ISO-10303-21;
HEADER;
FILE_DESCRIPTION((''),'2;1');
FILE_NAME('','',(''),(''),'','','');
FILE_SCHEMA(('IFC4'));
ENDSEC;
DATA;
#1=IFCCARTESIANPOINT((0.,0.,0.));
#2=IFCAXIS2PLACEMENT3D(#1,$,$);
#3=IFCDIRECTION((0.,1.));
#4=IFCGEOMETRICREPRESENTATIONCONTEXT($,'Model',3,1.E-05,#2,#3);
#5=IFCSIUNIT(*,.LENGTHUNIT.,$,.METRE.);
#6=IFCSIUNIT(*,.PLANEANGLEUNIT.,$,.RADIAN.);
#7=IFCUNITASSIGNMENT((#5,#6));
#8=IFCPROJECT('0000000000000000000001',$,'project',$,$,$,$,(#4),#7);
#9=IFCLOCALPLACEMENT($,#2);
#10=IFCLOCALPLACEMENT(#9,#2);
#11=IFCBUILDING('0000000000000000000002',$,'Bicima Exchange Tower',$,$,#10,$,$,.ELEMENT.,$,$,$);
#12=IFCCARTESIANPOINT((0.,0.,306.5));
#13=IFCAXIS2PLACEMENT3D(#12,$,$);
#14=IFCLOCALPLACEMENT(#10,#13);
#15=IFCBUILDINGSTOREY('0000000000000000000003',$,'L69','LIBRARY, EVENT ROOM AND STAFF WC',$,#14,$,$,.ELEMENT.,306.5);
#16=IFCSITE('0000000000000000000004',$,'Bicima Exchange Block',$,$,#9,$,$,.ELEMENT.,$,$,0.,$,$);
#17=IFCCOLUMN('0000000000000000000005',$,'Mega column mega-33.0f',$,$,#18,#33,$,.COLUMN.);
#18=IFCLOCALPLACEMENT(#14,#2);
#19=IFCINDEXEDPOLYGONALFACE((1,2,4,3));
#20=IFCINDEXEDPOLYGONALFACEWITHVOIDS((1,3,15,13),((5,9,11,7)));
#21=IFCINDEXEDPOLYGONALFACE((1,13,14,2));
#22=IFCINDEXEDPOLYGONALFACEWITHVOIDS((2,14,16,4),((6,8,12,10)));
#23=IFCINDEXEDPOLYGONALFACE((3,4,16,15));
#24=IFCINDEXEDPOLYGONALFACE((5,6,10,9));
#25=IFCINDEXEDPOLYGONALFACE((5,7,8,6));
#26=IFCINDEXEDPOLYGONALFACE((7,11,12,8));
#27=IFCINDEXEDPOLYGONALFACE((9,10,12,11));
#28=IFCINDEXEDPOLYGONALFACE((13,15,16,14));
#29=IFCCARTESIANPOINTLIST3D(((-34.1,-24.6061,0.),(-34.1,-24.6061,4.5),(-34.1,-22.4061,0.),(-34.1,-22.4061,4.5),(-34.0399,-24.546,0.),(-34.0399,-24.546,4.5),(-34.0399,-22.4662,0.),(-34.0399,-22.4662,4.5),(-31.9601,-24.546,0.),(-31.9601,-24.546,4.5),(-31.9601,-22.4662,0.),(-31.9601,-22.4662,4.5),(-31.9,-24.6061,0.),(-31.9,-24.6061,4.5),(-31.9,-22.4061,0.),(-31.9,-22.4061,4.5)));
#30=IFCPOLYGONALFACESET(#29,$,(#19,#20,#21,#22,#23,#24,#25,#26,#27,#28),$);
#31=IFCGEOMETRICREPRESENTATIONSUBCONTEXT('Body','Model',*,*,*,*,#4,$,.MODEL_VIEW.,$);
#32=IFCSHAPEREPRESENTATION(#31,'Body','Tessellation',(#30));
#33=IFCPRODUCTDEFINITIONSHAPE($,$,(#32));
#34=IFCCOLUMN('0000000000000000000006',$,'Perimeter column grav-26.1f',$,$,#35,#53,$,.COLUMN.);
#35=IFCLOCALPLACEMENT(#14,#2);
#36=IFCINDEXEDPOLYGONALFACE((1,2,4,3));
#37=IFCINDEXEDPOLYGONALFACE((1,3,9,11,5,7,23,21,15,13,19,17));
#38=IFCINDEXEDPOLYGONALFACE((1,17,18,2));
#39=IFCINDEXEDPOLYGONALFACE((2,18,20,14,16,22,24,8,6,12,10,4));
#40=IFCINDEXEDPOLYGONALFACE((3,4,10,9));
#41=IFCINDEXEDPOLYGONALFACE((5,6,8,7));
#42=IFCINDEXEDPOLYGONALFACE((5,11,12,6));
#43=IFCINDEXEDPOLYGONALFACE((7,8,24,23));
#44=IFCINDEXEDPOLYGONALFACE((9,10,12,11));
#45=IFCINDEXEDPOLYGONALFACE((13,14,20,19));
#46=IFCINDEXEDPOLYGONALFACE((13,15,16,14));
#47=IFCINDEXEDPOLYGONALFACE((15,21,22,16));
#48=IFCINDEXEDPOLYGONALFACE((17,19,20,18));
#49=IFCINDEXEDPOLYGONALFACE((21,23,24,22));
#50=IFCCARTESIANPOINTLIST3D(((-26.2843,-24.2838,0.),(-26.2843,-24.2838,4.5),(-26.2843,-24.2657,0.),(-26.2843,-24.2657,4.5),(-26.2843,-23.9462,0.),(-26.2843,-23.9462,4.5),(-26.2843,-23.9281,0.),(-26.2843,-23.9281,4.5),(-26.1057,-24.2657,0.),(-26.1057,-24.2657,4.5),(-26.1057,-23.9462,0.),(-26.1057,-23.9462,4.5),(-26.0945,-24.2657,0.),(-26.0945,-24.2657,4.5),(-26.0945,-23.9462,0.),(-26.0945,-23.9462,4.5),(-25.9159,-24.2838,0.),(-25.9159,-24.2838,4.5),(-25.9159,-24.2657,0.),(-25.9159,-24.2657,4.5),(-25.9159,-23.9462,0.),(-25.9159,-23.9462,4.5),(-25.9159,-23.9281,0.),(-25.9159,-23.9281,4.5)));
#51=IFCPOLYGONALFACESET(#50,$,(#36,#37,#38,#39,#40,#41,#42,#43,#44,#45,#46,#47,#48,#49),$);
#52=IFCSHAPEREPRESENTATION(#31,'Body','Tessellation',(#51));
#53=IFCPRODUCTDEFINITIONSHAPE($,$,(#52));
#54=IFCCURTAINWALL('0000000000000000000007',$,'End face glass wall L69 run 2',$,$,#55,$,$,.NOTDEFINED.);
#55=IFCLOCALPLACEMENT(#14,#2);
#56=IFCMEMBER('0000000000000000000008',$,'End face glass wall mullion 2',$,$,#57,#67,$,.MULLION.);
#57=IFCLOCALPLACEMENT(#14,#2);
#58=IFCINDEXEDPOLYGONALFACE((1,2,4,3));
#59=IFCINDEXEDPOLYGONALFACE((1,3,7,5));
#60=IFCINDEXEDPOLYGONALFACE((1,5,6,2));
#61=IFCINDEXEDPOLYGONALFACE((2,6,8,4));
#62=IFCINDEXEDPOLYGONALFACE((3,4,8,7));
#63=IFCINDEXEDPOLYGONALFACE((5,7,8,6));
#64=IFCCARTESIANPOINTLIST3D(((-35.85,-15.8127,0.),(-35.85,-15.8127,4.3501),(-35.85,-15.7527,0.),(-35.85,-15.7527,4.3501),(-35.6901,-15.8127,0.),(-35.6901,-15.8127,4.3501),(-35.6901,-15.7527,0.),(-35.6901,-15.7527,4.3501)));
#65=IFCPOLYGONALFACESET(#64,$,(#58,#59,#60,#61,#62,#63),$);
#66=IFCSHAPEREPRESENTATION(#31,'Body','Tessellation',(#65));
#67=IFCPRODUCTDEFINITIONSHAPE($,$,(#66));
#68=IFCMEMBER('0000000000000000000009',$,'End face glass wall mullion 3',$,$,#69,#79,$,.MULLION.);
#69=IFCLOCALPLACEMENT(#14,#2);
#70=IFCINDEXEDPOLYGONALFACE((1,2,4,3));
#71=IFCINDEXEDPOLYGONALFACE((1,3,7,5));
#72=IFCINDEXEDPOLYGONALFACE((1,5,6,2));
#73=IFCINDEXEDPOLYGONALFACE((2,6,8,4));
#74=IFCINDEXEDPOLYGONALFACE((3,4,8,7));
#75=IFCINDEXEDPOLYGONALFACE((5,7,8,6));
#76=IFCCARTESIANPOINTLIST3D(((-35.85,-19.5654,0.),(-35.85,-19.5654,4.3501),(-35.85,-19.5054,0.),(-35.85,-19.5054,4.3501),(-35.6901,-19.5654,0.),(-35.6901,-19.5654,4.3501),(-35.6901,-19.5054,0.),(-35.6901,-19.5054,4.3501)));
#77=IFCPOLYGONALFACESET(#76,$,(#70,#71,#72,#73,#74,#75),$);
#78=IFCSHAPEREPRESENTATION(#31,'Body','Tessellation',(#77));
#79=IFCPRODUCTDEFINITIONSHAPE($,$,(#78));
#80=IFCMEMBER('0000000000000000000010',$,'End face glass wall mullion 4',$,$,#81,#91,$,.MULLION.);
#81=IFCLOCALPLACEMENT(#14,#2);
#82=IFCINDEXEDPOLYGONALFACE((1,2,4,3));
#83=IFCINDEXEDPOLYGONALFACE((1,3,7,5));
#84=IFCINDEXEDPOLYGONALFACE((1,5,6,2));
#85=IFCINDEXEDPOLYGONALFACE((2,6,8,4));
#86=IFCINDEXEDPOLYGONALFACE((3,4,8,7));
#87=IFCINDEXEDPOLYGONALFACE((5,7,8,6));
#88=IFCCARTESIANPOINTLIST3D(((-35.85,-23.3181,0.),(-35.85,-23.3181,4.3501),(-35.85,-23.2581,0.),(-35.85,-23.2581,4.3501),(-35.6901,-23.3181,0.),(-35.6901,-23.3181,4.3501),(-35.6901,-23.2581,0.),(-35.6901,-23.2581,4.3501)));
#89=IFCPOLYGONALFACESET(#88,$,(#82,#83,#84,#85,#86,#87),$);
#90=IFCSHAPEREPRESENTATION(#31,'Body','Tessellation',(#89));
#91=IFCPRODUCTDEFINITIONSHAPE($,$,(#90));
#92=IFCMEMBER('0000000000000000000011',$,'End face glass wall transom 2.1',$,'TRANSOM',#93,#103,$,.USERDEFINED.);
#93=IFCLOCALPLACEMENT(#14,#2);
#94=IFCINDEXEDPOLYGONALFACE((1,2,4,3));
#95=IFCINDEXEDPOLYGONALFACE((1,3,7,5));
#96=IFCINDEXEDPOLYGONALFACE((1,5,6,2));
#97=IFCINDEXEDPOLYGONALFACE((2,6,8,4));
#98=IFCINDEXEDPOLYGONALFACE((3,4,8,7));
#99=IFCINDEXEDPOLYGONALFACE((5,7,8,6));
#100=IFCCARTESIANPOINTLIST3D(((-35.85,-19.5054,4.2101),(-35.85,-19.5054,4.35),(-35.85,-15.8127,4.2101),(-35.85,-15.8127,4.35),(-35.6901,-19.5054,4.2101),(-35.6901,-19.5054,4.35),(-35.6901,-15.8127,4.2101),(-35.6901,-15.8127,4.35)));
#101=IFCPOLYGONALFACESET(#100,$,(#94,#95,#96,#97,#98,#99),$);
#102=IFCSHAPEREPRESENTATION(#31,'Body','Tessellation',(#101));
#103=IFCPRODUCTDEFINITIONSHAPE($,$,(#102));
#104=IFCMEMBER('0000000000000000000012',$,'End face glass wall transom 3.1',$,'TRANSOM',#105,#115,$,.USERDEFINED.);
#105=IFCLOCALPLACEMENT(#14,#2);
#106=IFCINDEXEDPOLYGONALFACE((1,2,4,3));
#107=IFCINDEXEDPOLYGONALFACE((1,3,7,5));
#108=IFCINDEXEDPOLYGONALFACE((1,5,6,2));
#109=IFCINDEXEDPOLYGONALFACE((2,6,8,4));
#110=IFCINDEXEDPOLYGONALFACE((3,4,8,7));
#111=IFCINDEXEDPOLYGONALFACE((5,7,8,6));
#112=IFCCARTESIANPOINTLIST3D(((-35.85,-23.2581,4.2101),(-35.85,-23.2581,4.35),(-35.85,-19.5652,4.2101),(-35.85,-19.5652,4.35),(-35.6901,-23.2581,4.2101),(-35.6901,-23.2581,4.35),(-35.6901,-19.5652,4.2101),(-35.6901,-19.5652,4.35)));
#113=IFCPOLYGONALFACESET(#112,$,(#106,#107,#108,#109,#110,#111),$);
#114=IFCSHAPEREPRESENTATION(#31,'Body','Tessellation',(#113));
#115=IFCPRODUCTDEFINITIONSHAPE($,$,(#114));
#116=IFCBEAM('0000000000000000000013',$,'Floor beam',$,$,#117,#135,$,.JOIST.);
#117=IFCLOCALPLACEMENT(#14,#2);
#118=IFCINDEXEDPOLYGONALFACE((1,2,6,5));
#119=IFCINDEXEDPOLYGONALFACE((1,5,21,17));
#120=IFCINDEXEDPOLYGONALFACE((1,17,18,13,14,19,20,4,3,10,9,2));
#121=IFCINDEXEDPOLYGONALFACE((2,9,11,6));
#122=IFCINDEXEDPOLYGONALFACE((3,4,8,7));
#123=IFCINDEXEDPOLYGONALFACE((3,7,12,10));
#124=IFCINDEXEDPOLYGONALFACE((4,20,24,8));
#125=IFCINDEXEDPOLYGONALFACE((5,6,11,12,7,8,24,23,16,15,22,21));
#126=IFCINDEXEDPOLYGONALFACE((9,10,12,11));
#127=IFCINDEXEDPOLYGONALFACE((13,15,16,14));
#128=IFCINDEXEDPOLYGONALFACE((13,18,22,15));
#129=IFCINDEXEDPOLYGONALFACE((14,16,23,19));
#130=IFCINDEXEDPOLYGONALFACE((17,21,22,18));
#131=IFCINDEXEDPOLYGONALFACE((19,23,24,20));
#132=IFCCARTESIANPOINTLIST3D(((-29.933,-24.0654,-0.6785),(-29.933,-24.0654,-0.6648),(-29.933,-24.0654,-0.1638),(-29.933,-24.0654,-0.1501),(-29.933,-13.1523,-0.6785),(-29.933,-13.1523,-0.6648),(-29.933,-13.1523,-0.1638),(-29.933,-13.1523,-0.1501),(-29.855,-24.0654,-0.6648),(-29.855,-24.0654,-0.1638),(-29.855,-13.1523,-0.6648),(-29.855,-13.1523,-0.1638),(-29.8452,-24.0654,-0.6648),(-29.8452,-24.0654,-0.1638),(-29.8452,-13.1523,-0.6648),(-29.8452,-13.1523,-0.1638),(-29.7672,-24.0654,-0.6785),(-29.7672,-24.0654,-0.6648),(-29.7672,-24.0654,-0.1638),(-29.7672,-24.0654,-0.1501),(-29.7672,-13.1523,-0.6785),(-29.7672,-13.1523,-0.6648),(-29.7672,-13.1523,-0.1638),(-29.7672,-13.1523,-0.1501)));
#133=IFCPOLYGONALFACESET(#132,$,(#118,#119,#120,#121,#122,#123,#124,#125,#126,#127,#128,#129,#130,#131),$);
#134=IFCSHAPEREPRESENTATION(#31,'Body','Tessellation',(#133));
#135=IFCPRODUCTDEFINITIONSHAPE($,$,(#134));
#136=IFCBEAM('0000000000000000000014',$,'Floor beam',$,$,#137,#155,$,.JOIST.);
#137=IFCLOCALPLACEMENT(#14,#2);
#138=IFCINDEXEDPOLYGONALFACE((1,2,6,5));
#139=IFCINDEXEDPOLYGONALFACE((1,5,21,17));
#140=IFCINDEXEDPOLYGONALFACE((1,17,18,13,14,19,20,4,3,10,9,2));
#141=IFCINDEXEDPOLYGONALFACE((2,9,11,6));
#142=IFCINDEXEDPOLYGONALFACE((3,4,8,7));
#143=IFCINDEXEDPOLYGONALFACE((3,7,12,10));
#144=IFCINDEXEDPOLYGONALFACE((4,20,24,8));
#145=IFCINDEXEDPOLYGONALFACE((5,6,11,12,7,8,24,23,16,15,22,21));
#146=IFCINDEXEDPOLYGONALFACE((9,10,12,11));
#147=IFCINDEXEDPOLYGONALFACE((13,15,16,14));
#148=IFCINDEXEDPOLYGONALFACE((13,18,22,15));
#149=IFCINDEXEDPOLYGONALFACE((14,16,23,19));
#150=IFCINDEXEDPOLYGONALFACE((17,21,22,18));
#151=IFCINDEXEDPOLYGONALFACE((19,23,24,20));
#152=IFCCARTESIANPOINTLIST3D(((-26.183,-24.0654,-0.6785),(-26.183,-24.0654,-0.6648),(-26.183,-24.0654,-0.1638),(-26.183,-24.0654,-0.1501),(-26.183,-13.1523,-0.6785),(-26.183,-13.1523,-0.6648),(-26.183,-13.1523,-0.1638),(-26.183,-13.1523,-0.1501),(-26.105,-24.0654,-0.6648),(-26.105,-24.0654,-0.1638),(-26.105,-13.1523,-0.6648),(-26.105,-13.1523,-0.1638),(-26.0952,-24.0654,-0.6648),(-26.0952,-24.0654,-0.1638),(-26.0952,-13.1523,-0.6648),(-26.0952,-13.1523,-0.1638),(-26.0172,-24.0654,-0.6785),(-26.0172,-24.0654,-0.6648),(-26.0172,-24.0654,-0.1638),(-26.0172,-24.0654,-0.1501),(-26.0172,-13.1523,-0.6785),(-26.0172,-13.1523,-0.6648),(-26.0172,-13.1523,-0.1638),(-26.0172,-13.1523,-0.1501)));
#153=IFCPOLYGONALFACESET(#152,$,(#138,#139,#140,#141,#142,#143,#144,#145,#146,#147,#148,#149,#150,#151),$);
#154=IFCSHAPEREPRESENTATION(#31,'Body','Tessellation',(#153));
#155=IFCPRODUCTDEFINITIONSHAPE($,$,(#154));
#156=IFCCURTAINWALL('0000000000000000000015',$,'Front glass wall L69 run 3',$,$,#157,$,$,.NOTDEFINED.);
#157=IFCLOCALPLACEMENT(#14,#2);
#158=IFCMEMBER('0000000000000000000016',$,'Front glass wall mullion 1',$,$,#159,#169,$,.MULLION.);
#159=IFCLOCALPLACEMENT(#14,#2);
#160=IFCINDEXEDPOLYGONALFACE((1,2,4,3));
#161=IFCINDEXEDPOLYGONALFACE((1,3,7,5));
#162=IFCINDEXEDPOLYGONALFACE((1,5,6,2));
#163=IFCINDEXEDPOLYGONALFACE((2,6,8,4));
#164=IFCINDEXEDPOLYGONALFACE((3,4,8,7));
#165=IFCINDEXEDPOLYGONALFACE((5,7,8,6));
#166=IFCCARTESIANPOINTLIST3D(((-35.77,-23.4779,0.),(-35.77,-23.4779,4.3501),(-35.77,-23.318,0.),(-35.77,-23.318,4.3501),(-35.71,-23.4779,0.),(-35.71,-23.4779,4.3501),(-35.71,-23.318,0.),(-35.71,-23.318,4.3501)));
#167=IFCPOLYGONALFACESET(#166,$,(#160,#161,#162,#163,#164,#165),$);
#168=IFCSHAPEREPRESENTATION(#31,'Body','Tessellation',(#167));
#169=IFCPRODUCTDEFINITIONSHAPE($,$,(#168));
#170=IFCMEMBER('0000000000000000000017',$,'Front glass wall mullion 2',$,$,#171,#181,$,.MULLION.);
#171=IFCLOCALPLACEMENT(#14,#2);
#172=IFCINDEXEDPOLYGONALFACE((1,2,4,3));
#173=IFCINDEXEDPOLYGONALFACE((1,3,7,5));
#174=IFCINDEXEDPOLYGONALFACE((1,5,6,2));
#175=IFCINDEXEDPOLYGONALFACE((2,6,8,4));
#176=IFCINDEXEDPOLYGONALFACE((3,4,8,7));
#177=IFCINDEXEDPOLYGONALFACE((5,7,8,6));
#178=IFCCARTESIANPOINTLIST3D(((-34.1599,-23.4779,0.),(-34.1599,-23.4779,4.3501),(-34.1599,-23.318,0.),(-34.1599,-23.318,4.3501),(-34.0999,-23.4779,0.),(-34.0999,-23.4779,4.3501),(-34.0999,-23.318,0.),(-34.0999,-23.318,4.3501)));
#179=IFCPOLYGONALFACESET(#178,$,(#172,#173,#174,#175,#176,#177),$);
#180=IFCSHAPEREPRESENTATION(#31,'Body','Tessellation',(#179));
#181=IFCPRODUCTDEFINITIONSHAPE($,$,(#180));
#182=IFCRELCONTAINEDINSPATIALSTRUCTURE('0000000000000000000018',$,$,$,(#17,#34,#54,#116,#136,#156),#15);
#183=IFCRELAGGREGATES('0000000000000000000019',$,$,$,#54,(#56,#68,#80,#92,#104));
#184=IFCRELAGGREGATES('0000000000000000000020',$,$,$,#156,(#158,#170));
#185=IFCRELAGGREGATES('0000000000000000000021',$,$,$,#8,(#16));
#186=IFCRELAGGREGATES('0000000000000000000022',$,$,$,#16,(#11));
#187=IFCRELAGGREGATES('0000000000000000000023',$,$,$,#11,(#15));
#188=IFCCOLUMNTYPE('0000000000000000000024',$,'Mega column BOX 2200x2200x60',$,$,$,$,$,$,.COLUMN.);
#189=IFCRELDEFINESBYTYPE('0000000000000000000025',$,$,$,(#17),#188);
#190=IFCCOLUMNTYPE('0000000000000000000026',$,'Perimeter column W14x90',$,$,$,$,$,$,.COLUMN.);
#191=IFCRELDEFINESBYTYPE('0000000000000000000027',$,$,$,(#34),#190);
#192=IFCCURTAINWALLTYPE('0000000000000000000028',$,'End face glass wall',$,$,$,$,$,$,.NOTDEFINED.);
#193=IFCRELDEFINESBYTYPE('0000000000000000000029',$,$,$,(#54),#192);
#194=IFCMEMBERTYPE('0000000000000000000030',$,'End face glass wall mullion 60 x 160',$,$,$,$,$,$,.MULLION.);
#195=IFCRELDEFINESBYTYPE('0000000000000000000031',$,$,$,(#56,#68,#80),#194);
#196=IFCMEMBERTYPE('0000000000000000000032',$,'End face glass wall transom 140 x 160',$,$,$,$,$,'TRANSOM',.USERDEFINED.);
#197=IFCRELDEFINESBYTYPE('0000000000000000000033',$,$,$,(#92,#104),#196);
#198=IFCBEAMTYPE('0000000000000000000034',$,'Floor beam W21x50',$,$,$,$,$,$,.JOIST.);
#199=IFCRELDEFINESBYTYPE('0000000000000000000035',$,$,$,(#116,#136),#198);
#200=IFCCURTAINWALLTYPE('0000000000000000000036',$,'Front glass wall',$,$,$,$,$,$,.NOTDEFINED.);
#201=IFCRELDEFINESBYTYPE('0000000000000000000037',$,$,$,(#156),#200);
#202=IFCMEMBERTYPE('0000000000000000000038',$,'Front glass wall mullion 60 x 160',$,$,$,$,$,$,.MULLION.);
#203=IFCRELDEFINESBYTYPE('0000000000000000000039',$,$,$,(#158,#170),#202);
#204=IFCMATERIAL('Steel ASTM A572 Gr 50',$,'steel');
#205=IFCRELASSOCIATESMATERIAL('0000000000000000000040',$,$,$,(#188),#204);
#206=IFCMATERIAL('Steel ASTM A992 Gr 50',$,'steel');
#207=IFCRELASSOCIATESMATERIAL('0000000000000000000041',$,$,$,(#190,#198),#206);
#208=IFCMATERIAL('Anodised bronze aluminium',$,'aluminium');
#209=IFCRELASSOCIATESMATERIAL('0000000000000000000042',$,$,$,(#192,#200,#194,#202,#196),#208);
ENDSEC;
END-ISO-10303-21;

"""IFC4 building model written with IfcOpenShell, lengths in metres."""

from ifc_helpers import new_model, si_unit, direction, frame, origin, origin_2d, place, context, subcontext, project, spatial, rectangle, hollow_rectangle, i_section, extrude, material, material_profile, profile_set, type_object, element, aggregate, save


model = new_model("IFC4")

# Units and contexts
model_context = context("Model", 3, precision=1e-05, world=origin(), true_north=direction((0.0, 1.0)))
body_context = subcontext(model_context, "Body", "Model", "MODEL_VIEW")
ifc_project = project(units=[si_unit("LENGTHUNIT", "METRE"), si_unit("PLANEANGLEUNIT", "RADIAN")], contexts=[model_context])

# Site, building, storey
site_placement = place(None, origin())
site = spatial("IfcSite", under=ifc_project, at=site_placement, Name="Bicima Exchange Block", CompositionType="ELEMENT", RefElevation=0.0)
building_placement = place(site_placement, origin())
building = spatial("IfcBuilding", under=site, at=building_placement, Name="Bicima Exchange Tower", CompositionType="ELEMENT")
storey_placement = place(building_placement, frame((0.0, 0.0, 306.5)))
storey = spatial("IfcBuildingStorey", under=building, at=storey_placement, Name="L69", Description="LIBRARY, EVENT ROOM AND STAFF WC", CompositionType="ELEMENT", Elevation=306.5)

# Columns
ifc_material_1 = material(Name="Steel ASTM A572 Gr 50", Category="steel")
ifc_material_profile_1 = material_profile(ifc_material_1, hollow_rectangle(XDim=2.2, YDim=2.2, WallThickness=0.0601, at=origin_2d()))
ifc_profile_set_1 = profile_set([ifc_material_profile_1], Name="Steel ASTM A572 Gr 50")
column_type_1 = type_object("IfcColumnType", Name="Mega column BOX 2200x2200x60", PredefinedType="COLUMN", material=ifc_profile_set_1)
column_1_placement = place(storey_placement, frame((-33.0, -23.5061, 0.0), z_axis=(0.0, 0.0, 1.0), x_axis=(1.0, 0.0, 0.0)))
element("IfcColumn", 1, at=column_1_placement, inside=storey, type_object=column_type_1, Name="Mega column mega-33.0f", PredefinedType="COLUMN", context=body_context, shape_type="SweptSolid", body=[
    extrude(hollow_rectangle(XDim=2.2, YDim=2.2, WallThickness=0.0601, at=origin_2d()), origin(), (0.0, 0.0, 1.0), 4.5),
])
ifc_material_2 = material(Name="Steel ASTM A992 Gr 50", Category="steel")
ifc_material_profile_2 = material_profile(ifc_material_2, i_section(OverallWidth=0.3684, OverallDepth=0.3557, WebThickness=0.0112, FlangeThickness=0.0181, at=origin_2d()))
ifc_profile_set_2 = profile_set([ifc_material_profile_2], Name="Steel ASTM A992 Gr 50")
column_type_2 = type_object("IfcColumnType", Name="Perimeter column W14x90", PredefinedType="COLUMN", material=ifc_profile_set_2)
column_2_placement = place(storey_placement, frame((-26.1001, -24.106, 0.0), z_axis=(0.0, 0.0, 1.0), x_axis=(1.0, 0.0, 0.0)))
element("IfcColumn", 2, at=column_2_placement, inside=storey, type_object=column_type_2, Name="Perimeter column grav-26.1f", PredefinedType="COLUMN", context=body_context, shape_type="SweptSolid", body=[
    extrude(i_section(OverallWidth=0.3684, OverallDepth=0.3557, WebThickness=0.0112, FlangeThickness=0.0181, at=origin_2d()), origin(), (0.0, 0.0, 1.0), 4.5),
])

# Curtain wall, members
ifc_material_3 = material(Name="Anodised bronze aluminium", Category="aluminium")
curtain_wall_type_1 = type_object("IfcCurtainWallType", Name="End face glass wall", PredefinedType="NOTDEFINED", material=ifc_material_3)
curtain_wall_1_placement = place(storey_placement, origin())
curtain_wall_1 = element("IfcCurtainWall", 3, at=curtain_wall_1_placement, inside=storey, type_object=curtain_wall_type_1, Name="End face glass wall L69 run 2", PredefinedType="NOTDEFINED")
ifc_material_profile_3 = material_profile(ifc_material_3, rectangle(XDim=0.1599, YDim=0.0601, at=origin_2d()))
ifc_profile_set_3 = profile_set([ifc_material_profile_3], Name="Anodised bronze aluminium")
member_type_1 = type_object("IfcMemberType", Name="End face glass wall mullion 60 x 160", PredefinedType="MULLION", material=ifc_profile_set_3)
member_1_placement = place(storey_placement, frame((-35.77, -15.7827, 0.0), z_axis=(0.0, 0.0, 1.0), x_axis=(1.0, 0.0, 0.0)))
member_1 = element("IfcMember", 4, at=member_1_placement, type_object=member_type_1, Name="End face glass wall mullion 2", PredefinedType="MULLION", context=body_context, shape_type="SweptSolid", body=[
    extrude(rectangle(XDim=0.1599, YDim=0.0601, at=origin_2d()), origin(), (0.0, 0.0, 1.0), 4.3501),
])
member_2_placement = place(storey_placement, frame((-35.77, -19.5354, 0.0), z_axis=(0.0, 0.0, 1.0), x_axis=(1.0, 0.0, 0.0)))
member_2 = element("IfcMember", 5, at=member_2_placement, type_object=member_type_1, Name="End face glass wall mullion 3", PredefinedType="MULLION", context=body_context, shape_type="SweptSolid", body=[
    extrude(rectangle(XDim=0.1599, YDim=0.0601, at=origin_2d()), origin(), (0.0, 0.0, 1.0), 4.3501),
])
member_3_placement = place(storey_placement, frame((-35.77, -23.2881, 0.0), z_axis=(0.0, 0.0, 1.0), x_axis=(1.0, 0.0, 0.0)))
member_3 = element("IfcMember", 6, at=member_3_placement, type_object=member_type_1, Name="End face glass wall mullion 4", PredefinedType="MULLION", context=body_context, shape_type="SweptSolid", body=[
    extrude(rectangle(XDim=0.1599, YDim=0.0601, at=origin_2d()), origin(), (0.0, 0.0, 1.0), 4.3501),
])
ifc_material_profile_4 = material_profile(ifc_material_3, rectangle(XDim=0.1599, YDim=0.1399, at=origin_2d()))
ifc_profile_set_4 = profile_set([ifc_material_profile_4], Name="Anodised bronze aluminium")
member_type_2 = type_object("IfcMemberType", Name="End face glass wall transom 140 x 160", ElementType="TRANSOM", PredefinedType="USERDEFINED", material=ifc_profile_set_4)
member_4_placement = place(storey_placement, frame((-35.77, -15.8127, 4.28), z_axis=(0.0, -1.0, 0.0), x_axis=(1.0, 0.0, 0.0)))
member_4 = element("IfcMember", 7, at=member_4_placement, type_object=member_type_2, Name="End face glass wall transom 2.1", ObjectType="TRANSOM", PredefinedType="USERDEFINED", context=body_context, shape_type="SweptSolid", body=[
    extrude(rectangle(XDim=0.1599, YDim=0.1399, at=origin_2d()), origin(), (0.0, 0.0, 1.0), 3.6926),
])
member_5_placement = place(storey_placement, frame((-35.77, -19.5652, 4.28), z_axis=(0.0, -1.0, 0.0), x_axis=(1.0, 0.0, 0.0)))
member_5 = element("IfcMember", 8, at=member_5_placement, type_object=member_type_2, Name="End face glass wall transom 3.1", ObjectType="TRANSOM", PredefinedType="USERDEFINED", context=body_context, shape_type="SweptSolid", body=[
    extrude(rectangle(XDim=0.1599, YDim=0.1399, at=origin_2d()), origin(), (0.0, 0.0, 1.0), 3.6929),
])

# Beams
ifc_material_profile_5 = material_profile(ifc_material_2, i_section(OverallWidth=0.1658, OverallDepth=0.5283, WebThickness=0.0098, FlangeThickness=0.0137, at=origin_2d()))
ifc_profile_set_5 = profile_set([ifc_material_profile_5], Name="Steel ASTM A992 Gr 50")
beam_type = type_object("IfcBeamType", Name="Floor beam W21x50", PredefinedType="JOIST", material=ifc_profile_set_5)
for number, where, z_axis, x_axis, name in (
    (9, (-29.8501, -13.1523, -0.4143), (0.0, -1.0, 0.0), (1.0, 0.0, 0.0), "Floor beam"),
    (10, (-26.1001, -13.1523, -0.4143), (0.0, -1.0, 0.0), (1.0, 0.0, 0.0), "Floor beam"),
):
    element("IfcBeam", number, at=place(storey_placement, frame(where, z_axis=z_axis, x_axis=x_axis)), inside=storey, type_object=beam_type, Name=name, PredefinedType="JOIST", context=body_context, shape_type="SweptSolid", body=[
        extrude(i_section(OverallWidth=0.1658, OverallDepth=0.5283, WebThickness=0.0098, FlangeThickness=0.0137, at=origin_2d()), origin(), (0.0, 0.0, 1.0), 10.9131),
    ])

# Curtain wall, members
curtain_wall_type_2 = type_object("IfcCurtainWallType", Name="Front glass wall", PredefinedType="NOTDEFINED", material=ifc_material_3)
curtain_wall_2_placement = place(storey_placement, origin())
curtain_wall_2 = element("IfcCurtainWall", 11, at=curtain_wall_2_placement, inside=storey, type_object=curtain_wall_type_2, Name="Front glass wall L69 run 3", PredefinedType="NOTDEFINED")
member_type_3 = type_object("IfcMemberType", Name="Front glass wall mullion 60 x 160", PredefinedType="MULLION", material=ifc_profile_set_3)
member_6_placement = place(storey_placement, frame((-35.74, -23.3979, 0.0), z_axis=(0.0, 0.0, 1.0), x_axis=(0.0, 1.0, 0.0)))
member_6 = element("IfcMember", 12, at=member_6_placement, type_object=member_type_3, Name="Front glass wall mullion 1", PredefinedType="MULLION", context=body_context, shape_type="SweptSolid", body=[
    extrude(rectangle(XDim=0.1599, YDim=0.0601, at=origin_2d()), origin(), (0.0, 0.0, 1.0), 4.3501),
])
member_7_placement = place(storey_placement, frame((-34.1299, -23.3979, 0.0), z_axis=(0.0, 0.0, 1.0), x_axis=(0.0, 1.0, 0.0)))
member_7 = element("IfcMember", 13, at=member_7_placement, type_object=member_type_3, Name="Front glass wall mullion 2", PredefinedType="MULLION", context=body_context, shape_type="SweptSolid", body=[
    extrude(rectangle(XDim=0.1599, YDim=0.0601, at=origin_2d()), origin(), (0.0, 0.0, 1.0), 4.3501),
])

aggregate(curtain_wall_1, [member_1, member_2, member_3, member_4, member_5])
aggregate(curtain_wall_2, [member_6, member_7])

save(model, "model.ifc")
